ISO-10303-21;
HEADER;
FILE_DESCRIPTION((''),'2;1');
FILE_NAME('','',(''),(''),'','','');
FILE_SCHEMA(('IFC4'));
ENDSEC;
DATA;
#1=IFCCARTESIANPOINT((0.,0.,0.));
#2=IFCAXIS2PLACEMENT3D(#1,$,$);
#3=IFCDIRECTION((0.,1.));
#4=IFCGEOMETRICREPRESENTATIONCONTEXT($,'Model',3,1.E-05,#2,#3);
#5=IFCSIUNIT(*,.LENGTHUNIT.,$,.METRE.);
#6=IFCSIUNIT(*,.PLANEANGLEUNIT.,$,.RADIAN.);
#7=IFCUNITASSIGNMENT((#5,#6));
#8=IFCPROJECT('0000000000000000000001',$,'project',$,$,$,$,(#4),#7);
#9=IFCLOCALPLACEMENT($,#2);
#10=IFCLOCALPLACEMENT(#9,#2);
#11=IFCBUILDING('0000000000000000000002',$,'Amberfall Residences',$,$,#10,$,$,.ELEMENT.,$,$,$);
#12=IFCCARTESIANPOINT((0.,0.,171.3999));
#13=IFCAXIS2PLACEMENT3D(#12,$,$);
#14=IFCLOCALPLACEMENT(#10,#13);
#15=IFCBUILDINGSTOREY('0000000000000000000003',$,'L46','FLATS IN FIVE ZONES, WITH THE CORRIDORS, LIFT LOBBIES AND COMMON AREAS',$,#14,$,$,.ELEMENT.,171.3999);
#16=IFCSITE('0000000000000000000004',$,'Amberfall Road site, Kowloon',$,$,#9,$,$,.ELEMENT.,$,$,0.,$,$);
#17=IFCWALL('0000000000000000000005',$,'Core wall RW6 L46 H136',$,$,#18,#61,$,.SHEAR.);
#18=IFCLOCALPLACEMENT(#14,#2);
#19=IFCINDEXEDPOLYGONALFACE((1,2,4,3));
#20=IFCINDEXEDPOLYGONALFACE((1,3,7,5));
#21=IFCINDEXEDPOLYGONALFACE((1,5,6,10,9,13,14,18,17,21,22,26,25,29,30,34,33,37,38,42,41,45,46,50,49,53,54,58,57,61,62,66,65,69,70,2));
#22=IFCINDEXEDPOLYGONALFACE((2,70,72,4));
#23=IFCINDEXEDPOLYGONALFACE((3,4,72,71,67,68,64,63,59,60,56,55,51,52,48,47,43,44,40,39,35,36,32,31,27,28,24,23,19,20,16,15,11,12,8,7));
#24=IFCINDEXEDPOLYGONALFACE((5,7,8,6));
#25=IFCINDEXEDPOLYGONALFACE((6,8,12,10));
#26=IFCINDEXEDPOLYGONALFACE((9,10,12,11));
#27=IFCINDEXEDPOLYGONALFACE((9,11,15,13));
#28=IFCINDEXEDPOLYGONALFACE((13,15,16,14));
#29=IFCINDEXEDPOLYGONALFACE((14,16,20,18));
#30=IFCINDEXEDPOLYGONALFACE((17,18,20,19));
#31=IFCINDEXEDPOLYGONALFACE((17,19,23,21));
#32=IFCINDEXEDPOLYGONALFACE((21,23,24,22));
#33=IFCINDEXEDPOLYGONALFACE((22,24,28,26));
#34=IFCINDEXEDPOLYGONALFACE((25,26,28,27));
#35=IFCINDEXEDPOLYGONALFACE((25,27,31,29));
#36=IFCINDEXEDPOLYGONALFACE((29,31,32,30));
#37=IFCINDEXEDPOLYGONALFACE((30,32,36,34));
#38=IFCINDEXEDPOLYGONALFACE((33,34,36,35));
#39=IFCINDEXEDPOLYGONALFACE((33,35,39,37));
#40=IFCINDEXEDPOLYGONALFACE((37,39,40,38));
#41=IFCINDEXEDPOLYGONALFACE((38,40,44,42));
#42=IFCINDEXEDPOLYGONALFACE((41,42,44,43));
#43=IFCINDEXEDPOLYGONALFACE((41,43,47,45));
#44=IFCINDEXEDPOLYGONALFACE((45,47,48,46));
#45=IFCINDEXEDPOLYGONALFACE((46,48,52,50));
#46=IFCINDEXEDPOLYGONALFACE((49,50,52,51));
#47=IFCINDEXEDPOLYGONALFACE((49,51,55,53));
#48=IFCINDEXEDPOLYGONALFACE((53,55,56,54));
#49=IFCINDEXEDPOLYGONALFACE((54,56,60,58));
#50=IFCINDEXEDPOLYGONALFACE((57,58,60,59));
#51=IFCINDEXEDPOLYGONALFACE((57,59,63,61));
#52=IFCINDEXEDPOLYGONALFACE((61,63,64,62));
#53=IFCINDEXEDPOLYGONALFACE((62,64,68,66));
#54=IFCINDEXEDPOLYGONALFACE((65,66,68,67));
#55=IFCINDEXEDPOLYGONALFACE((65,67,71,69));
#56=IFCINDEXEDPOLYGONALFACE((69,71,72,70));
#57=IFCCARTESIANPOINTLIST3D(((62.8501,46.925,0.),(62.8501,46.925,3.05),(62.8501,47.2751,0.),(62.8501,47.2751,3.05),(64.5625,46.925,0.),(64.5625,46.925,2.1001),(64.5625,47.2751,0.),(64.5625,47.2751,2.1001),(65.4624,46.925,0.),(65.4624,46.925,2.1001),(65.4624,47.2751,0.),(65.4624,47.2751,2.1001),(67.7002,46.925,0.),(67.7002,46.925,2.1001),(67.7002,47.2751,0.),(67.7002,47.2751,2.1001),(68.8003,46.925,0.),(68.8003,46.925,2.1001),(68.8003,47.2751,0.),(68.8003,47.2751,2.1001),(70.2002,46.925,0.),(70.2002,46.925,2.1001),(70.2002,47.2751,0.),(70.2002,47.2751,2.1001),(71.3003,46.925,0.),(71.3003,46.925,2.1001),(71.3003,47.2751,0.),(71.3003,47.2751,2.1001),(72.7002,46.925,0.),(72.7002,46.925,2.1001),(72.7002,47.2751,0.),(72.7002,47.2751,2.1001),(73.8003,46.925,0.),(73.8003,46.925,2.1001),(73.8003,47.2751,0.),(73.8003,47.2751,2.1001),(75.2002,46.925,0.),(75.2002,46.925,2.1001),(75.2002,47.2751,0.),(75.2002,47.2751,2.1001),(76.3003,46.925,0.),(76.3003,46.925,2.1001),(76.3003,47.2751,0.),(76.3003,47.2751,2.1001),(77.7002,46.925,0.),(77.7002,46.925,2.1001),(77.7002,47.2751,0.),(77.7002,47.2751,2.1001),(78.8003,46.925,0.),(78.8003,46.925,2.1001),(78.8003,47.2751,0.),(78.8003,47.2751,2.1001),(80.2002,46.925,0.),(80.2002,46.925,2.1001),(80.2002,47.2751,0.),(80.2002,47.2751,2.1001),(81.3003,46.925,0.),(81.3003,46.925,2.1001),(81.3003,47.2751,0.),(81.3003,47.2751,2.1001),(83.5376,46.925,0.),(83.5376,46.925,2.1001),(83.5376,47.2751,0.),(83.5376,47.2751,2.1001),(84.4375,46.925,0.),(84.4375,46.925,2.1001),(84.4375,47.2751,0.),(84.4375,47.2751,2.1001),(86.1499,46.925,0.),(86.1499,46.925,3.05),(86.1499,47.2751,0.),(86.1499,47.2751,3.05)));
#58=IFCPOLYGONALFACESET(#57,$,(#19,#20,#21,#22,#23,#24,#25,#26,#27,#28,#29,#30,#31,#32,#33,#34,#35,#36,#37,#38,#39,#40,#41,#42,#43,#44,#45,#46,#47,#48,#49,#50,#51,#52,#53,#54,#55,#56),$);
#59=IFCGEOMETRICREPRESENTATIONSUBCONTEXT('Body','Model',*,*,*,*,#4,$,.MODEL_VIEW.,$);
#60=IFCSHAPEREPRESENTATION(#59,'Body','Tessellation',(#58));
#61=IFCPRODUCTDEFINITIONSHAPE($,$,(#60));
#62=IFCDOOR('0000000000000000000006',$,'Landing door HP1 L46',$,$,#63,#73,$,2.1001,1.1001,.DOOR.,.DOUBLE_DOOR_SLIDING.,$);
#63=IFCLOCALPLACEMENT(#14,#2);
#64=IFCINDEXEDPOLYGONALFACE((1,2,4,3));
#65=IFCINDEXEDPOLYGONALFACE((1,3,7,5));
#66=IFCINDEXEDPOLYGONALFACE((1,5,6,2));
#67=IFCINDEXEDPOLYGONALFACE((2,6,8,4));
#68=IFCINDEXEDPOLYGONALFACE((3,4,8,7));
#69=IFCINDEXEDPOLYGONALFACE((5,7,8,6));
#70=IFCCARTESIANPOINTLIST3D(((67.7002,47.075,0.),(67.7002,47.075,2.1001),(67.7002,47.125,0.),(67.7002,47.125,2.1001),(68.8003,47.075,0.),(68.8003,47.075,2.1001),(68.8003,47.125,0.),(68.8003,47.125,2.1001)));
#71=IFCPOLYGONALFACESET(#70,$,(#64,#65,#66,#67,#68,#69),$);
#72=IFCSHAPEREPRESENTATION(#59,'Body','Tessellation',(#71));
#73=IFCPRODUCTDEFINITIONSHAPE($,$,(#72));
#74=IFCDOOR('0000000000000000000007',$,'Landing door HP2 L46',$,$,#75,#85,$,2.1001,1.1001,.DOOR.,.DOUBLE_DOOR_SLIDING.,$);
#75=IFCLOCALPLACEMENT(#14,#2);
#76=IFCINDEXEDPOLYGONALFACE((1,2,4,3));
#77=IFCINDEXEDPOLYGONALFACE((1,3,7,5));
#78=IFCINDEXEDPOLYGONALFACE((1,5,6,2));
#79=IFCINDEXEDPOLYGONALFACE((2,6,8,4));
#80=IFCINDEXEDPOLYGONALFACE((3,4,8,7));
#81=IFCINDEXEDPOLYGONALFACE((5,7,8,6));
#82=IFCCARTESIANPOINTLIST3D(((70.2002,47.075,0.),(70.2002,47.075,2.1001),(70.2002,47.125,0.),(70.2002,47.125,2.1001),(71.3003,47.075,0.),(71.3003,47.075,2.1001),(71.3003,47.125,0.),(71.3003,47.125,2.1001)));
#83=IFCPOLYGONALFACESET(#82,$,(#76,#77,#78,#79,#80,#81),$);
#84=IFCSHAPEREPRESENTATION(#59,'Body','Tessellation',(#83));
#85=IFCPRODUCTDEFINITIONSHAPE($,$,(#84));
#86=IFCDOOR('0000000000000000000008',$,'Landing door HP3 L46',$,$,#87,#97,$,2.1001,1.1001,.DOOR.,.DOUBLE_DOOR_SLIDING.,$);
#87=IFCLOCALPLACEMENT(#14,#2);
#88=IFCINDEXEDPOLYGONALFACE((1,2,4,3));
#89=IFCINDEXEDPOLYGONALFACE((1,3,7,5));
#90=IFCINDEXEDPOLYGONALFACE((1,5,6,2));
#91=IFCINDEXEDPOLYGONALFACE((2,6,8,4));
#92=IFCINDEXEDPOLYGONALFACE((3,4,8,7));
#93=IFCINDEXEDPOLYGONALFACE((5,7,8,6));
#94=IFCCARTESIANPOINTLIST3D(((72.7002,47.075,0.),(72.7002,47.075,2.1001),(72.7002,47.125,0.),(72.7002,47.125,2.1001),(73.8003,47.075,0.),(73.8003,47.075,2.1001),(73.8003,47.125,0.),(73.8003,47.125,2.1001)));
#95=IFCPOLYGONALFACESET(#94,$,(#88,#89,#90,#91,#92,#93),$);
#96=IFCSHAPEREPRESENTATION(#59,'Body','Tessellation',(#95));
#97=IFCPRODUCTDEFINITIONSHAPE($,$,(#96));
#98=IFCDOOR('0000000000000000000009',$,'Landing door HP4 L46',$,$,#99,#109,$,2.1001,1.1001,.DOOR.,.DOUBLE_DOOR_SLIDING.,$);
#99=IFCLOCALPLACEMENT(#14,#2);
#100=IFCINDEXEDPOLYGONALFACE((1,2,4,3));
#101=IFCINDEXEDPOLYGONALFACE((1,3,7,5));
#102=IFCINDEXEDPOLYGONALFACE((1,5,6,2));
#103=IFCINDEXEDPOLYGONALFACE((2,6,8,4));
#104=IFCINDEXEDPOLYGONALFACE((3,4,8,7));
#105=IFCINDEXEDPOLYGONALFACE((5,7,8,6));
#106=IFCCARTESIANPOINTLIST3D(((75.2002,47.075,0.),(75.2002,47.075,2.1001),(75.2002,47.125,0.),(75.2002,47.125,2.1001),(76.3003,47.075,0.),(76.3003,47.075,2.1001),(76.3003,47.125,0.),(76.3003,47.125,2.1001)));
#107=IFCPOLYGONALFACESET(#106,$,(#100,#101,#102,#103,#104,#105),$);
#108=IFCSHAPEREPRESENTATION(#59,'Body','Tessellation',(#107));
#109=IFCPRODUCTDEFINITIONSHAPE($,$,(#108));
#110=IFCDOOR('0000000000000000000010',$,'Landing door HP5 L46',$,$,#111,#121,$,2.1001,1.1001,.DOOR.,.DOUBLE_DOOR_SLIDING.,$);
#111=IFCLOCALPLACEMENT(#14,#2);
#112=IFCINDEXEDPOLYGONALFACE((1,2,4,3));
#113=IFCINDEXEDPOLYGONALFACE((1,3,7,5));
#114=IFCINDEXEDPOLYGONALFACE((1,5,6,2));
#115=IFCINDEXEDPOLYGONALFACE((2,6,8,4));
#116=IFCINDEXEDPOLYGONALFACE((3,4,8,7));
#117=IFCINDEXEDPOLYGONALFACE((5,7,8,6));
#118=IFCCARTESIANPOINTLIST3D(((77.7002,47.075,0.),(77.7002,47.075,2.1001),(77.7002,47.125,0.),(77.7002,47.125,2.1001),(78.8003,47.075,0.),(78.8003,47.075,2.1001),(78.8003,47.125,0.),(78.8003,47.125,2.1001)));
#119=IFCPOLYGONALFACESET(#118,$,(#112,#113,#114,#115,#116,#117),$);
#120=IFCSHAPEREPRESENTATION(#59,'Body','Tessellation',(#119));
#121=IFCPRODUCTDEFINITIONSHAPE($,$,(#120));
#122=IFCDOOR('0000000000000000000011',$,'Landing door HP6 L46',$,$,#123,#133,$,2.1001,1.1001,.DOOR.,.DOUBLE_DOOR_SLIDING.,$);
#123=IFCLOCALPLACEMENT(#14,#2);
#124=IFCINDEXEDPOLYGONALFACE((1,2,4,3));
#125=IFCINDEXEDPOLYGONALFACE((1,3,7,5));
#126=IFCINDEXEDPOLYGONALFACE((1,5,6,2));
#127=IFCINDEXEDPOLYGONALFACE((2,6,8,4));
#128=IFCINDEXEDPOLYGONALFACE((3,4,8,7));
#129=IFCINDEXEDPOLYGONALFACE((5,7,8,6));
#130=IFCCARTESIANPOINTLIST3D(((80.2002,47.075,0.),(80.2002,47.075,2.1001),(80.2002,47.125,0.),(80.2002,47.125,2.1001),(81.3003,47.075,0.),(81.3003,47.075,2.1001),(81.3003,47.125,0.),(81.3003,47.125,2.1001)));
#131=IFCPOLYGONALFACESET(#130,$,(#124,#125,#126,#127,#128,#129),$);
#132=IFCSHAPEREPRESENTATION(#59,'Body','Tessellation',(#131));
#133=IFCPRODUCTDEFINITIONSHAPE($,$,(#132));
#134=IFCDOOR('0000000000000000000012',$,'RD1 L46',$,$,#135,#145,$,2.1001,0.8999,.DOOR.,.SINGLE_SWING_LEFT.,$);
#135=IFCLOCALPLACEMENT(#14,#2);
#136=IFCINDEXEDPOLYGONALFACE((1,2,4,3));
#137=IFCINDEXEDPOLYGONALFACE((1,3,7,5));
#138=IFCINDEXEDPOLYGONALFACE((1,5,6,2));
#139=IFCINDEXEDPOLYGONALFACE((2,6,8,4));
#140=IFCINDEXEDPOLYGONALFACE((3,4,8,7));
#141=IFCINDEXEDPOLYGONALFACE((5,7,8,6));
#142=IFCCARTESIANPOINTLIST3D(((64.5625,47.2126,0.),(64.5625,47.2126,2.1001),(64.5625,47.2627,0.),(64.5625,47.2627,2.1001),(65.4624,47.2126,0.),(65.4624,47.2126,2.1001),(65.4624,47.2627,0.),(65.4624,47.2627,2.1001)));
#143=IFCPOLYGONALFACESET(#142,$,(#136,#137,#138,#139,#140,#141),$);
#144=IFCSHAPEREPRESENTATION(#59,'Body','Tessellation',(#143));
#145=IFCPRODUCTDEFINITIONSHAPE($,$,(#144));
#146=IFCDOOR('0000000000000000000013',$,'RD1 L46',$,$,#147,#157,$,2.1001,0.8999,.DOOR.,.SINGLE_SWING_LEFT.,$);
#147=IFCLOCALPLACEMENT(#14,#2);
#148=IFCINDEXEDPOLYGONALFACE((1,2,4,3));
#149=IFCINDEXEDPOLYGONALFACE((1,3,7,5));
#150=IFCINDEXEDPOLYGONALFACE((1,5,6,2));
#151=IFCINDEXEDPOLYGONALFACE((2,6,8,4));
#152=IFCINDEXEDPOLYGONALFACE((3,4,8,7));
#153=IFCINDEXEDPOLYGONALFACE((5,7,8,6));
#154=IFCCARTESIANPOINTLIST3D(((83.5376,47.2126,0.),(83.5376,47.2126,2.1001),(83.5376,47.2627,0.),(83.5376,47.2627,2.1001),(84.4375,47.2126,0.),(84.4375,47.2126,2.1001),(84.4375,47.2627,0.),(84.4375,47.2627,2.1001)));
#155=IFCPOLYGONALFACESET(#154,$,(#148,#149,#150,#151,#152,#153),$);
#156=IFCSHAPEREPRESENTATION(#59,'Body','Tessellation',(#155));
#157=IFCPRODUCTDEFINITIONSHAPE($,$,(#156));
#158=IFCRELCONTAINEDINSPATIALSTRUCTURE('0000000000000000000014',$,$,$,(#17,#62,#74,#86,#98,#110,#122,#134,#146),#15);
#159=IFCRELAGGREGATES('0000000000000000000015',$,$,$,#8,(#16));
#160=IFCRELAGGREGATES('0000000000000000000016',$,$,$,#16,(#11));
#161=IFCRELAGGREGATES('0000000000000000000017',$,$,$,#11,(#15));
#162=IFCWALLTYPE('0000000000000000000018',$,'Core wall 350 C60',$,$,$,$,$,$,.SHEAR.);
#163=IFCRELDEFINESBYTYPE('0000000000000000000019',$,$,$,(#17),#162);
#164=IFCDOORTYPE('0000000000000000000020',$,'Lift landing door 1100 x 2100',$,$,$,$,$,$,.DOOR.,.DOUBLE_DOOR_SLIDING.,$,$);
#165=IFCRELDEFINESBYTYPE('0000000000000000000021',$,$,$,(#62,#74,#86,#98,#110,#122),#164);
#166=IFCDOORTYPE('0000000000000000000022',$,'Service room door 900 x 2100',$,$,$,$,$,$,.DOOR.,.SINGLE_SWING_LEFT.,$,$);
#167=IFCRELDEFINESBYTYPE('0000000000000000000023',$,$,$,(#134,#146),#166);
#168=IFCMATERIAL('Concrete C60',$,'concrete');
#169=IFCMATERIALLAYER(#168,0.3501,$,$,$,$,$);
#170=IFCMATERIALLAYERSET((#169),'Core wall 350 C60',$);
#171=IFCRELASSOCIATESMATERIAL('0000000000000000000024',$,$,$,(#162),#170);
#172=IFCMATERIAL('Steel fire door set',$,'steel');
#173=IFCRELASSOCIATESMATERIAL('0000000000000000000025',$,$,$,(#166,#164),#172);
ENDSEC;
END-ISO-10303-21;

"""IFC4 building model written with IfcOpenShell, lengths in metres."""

from ifc_helpers import new_model, si_unit, direction, frame, frame_2d, origin, place, context, subcontext, project, spatial, rectangle, extrude, material, layer, layer_set, type_object, element, fill, save


model = new_model("IFC4")

# Units and contexts
model_context = context("Model", 3, precision=1e-05, world=origin(), true_north=direction((0.0, 1.0)))
body_context = subcontext(model_context, "Body", "Model", "MODEL_VIEW")
ifc_project = project(units=[si_unit("LENGTHUNIT", "METRE"), si_unit("PLANEANGLEUNIT", "RADIAN")], contexts=[model_context])

# Site, building, storey
site_placement = place(None, origin())
site = spatial("IfcSite", under=ifc_project, at=site_placement, Name="Amberfall Road site, Kowloon", CompositionType="ELEMENT", RefElevation=0.0)
building_placement = place(site_placement, origin())
building = spatial("IfcBuilding", under=site, at=building_placement, Name="Amberfall Residences", CompositionType="ELEMENT")
storey_placement = place(building_placement, frame((0.0, 0.0, 171.3999)))
storey = spatial("IfcBuildingStorey", under=building, at=storey_placement, Name="L46", Description="FLATS IN FIVE ZONES, WITH THE CORRIDORS, LIFT LOBBIES AND COMMON AREAS", CompositionType="ELEMENT", Elevation=171.3999)

# Shared definitions
ifc_material_1 = material(Name="Concrete C60", Category="concrete")
ifc_layer_1 = layer(ifc_material_1, 0.3501)
ifc_layer_set_1 = layer_set([ifc_layer_1], Name="Core wall 350 C60")
wall_type_1 = type_object("IfcWallType", Name="Core wall 350 C60", PredefinedType="SHEAR", material=ifc_layer_set_1)

# Wall, openings, doors
ifc_material_2 = material(Name="Steel fire door set", Category="steel")
door_type_1 = type_object("IfcDoorType", Name="Service room door 900 x 2100", OperationType="SINGLE_SWING_LEFT", PredefinedType="DOOR", material=ifc_material_2)
wall_1_placement = place(storey_placement, frame((62.8501, 47.1001, 0.0), z_axis=(0.0, 0.0, 1.0), x_axis=(1.0, 0.0, 0.0)))
wall_1 = element("IfcWall", 1, at=wall_1_placement, inside=storey, type_object=wall_type_1, Name="Core wall RW6 L46 H136", PredefinedType="SHEAR", context=body_context, shape_type="SweptSolid", body=[
    extrude(rectangle(XDim=23.2998, YDim=0.3501, at=frame_2d((11.6499, 0.0))), origin(), (0.0, 0.0, 1.0), 3.05),
])
opening_1_placement = place(wall_1_placement, frame((1.7124, 0.0, 0.0)))
opening_1 = element("IfcOpeningElement", 2, at=opening_1_placement, cuts=wall_1, PredefinedType="OPENING", context=body_context, shape_type="SweptSolid", body=[
    extrude(rectangle(XDim=0.8999, YDim=2.1001, at=frame_2d((0.45, 1.05))), frame((0.0, 0.1851, 0.0), z_axis=(0.0, -1.0, 0.0), x_axis=(1.0, 0.0, 0.0)), (0.0, 0.0, 1.0), 0.3701),
])
opening_2_placement = place(wall_1_placement, frame((20.6875, 0.0, 0.0)))
opening_2 = element("IfcOpeningElement", 3, at=opening_2_placement, cuts=wall_1, PredefinedType="OPENING", context=body_context, shape_type="SweptSolid", body=[
    extrude(rectangle(XDim=0.8999, YDim=2.1001, at=frame_2d((0.45, 1.05))), frame((0.0, 0.1851, 0.0), z_axis=(0.0, -1.0, 0.0), x_axis=(1.0, 0.0, 0.0)), (0.0, 0.0, 1.0), 0.3701),
])
opening_3_placement = place(wall_1_placement, frame((4.8501, 0.0, 0.0)))
opening_3 = element("IfcOpeningElement", 4, at=opening_3_placement, cuts=wall_1, PredefinedType="OPENING", context=body_context, shape_type="SweptSolid", body=[
    extrude(rectangle(XDim=1.1001, YDim=2.1001, at=frame_2d((0.55, 1.05))), frame((0.0, 0.1851, 0.0), z_axis=(0.0, -1.0, 0.0), x_axis=(1.0, 0.0, 0.0)), (0.0, 0.0, 1.0), 0.3701),
])
opening_4_placement = place(wall_1_placement, frame((7.3501, 0.0, 0.0)))
opening_4 = element("IfcOpeningElement", 5, at=opening_4_placement, cuts=wall_1, PredefinedType="OPENING", context=body_context, shape_type="SweptSolid", body=[
    extrude(rectangle(XDim=1.1001, YDim=2.1001, at=frame_2d((0.55, 1.05))), frame((0.0, 0.1851, 0.0), z_axis=(0.0, -1.0, 0.0), x_axis=(1.0, 0.0, 0.0)), (0.0, 0.0, 1.0), 0.3701),
])
opening_5_placement = place(wall_1_placement, frame((9.8501, 0.0, 0.0)))
opening_5 = element("IfcOpeningElement", 6, at=opening_5_placement, cuts=wall_1, PredefinedType="OPENING", context=body_context, shape_type="SweptSolid", body=[
    extrude(rectangle(XDim=1.1001, YDim=2.1001, at=frame_2d((0.55, 1.05))), frame((0.0, 0.1851, 0.0), z_axis=(0.0, -1.0, 0.0), x_axis=(1.0, 0.0, 0.0)), (0.0, 0.0, 1.0), 0.3701),
])
opening_6_placement = place(wall_1_placement, frame((12.3501, 0.0, 0.0)))
opening_6 = element("IfcOpeningElement", 7, at=opening_6_placement, cuts=wall_1, PredefinedType="OPENING", context=body_context, shape_type="SweptSolid", body=[
    extrude(rectangle(XDim=1.1001, YDim=2.1001, at=frame_2d((0.55, 1.05))), frame((0.0, 0.1851, 0.0), z_axis=(0.0, -1.0, 0.0), x_axis=(1.0, 0.0, 0.0)), (0.0, 0.0, 1.0), 0.3701),
])
opening_7_placement = place(wall_1_placement, frame((14.8501, 0.0, 0.0)))
opening_7 = element("IfcOpeningElement", 8, at=opening_7_placement, cuts=wall_1, PredefinedType="OPENING", context=body_context, shape_type="SweptSolid", body=[
    extrude(rectangle(XDim=1.1001, YDim=2.1001, at=frame_2d((0.55, 1.05))), frame((0.0, 0.1851, 0.0), z_axis=(0.0, -1.0, 0.0), x_axis=(1.0, 0.0, 0.0)), (0.0, 0.0, 1.0), 0.3701),
])
opening_8_placement = place(wall_1_placement, frame((17.3501, 0.0, 0.0)))
opening_8 = element("IfcOpeningElement", 9, at=opening_8_placement, cuts=wall_1, PredefinedType="OPENING", context=body_context, shape_type="SweptSolid", body=[
    extrude(rectangle(XDim=1.1001, YDim=2.1001, at=frame_2d((0.55, 1.05))), frame((0.0, 0.1851, 0.0), z_axis=(0.0, -1.0, 0.0), x_axis=(1.0, 0.0, 0.0)), (0.0, 0.0, 1.0), 0.3701),
])
door_type_2 = type_object("IfcDoorType", Name="Lift landing door 1100 x 2100", OperationType="DOUBLE_DOOR_SLIDING", PredefinedType="DOOR", material=ifc_material_2)
door_1_placement = place(opening_3_placement, origin())
door_1 = element("IfcDoor", 10, at=door_1_placement, inside=storey, type_object=door_type_2, Name="Landing door HP1 L46", OperationType="DOUBLE_DOOR_SLIDING", OverallHeight=2.1001, OverallWidth=1.1001, PredefinedType="DOOR", context=body_context, shape_type="SweptSolid", body=[
    extrude(rectangle(XDim=1.1001, YDim=2.1001, at=frame_2d((0.55, 1.05))), frame((0.0, 0.0249, 0.0), z_axis=(0.0, -1.0, 0.0), x_axis=(1.0, 0.0, 0.0)), (0.0, 0.0, 1.0), 0.05),
])
fill(opening_3, door_1)
door_2_placement = place(opening_4_placement, origin())
door_2 = element("IfcDoor", 11, at=door_2_placement, inside=storey, type_object=door_type_2, Name="Landing door HP2 L46", OperationType="DOUBLE_DOOR_SLIDING", OverallHeight=2.1001, OverallWidth=1.1001, PredefinedType="DOOR", context=body_context, shape_type="SweptSolid", body=[
    extrude(rectangle(XDim=1.1001, YDim=2.1001, at=frame_2d((0.55, 1.05))), frame((0.0, 0.0249, 0.0), z_axis=(0.0, -1.0, 0.0), x_axis=(1.0, 0.0, 0.0)), (0.0, 0.0, 1.0), 0.05),
])
fill(opening_4, door_2)
door_3_placement = place(opening_5_placement, origin())
door_3 = element("IfcDoor", 12, at=door_3_placement, inside=storey, type_object=door_type_2, Name="Landing door HP3 L46", OperationType="DOUBLE_DOOR_SLIDING", OverallHeight=2.1001, OverallWidth=1.1001, PredefinedType="DOOR", context=body_context, shape_type="SweptSolid", body=[
    extrude(rectangle(XDim=1.1001, YDim=2.1001, at=frame_2d((0.55, 1.05))), frame((0.0, 0.0249, 0.0), z_axis=(0.0, -1.0, 0.0), x_axis=(1.0, 0.0, 0.0)), (0.0, 0.0, 1.0), 0.05),
])
fill(opening_5, door_3)
door_4_placement = place(opening_6_placement, origin())
door_4 = element("IfcDoor", 13, at=door_4_placement, inside=storey, type_object=door_type_2, Name="Landing door HP4 L46", OperationType="DOUBLE_DOOR_SLIDING", OverallHeight=2.1001, OverallWidth=1.1001, PredefinedType="DOOR", context=body_context, shape_type="SweptSolid", body=[
    extrude(rectangle(XDim=1.1001, YDim=2.1001, at=frame_2d((0.55, 1.05))), frame((0.0, 0.0249, 0.0), z_axis=(0.0, -1.0, 0.0), x_axis=(1.0, 0.0, 0.0)), (0.0, 0.0, 1.0), 0.05),
])
fill(opening_6, door_4)
door_5_placement = place(opening_7_placement, origin())
door_5 = element("IfcDoor", 14, at=door_5_placement, inside=storey, type_object=door_type_2, Name="Landing door HP5 L46", OperationType="DOUBLE_DOOR_SLIDING", OverallHeight=2.1001, OverallWidth=1.1001, PredefinedType="DOOR", context=body_context, shape_type="SweptSolid", body=[
    extrude(rectangle(XDim=1.1001, YDim=2.1001, at=frame_2d((0.55, 1.05))), frame((0.0, 0.0249, 0.0), z_axis=(0.0, -1.0, 0.0), x_axis=(1.0, 0.0, 0.0)), (0.0, 0.0, 1.0), 0.05),
])
fill(opening_7, door_5)
door_6_placement = place(opening_8_placement, origin())
door_6 = element("IfcDoor", 15, at=door_6_placement, inside=storey, type_object=door_type_2, Name="Landing door HP6 L46", OperationType="DOUBLE_DOOR_SLIDING", OverallHeight=2.1001, OverallWidth=1.1001, PredefinedType="DOOR", context=body_context, shape_type="SweptSolid", body=[
    extrude(rectangle(XDim=1.1001, YDim=2.1001, at=frame_2d((0.55, 1.05))), frame((0.0, 0.0249, 0.0), z_axis=(0.0, -1.0, 0.0), x_axis=(1.0, 0.0, 0.0)), (0.0, 0.0, 1.0), 0.05),
])
fill(opening_8, door_6)
door_7_placement = place(opening_1_placement, origin())
door_7 = element("IfcDoor", 16, at=door_7_placement, inside=storey, type_object=door_type_1, Name="RD1 L46", OperationType="SINGLE_SWING_LEFT", OverallHeight=2.1001, OverallWidth=0.8999, PredefinedType="DOOR", context=body_context, shape_type="SweptSolid", body=[
    extrude(rectangle(XDim=0.8999, YDim=2.1001, at=frame_2d((0.45, 1.05))), frame((0.0, 0.1626, 0.0), z_axis=(0.0, -1.0, 0.0), x_axis=(1.0, 0.0, 0.0)), (0.0, 0.0, 1.0), 0.05),
])
fill(opening_1, door_7)
door_8_placement = place(opening_2_placement, origin())
door_8 = element("IfcDoor", 17, at=door_8_placement, inside=storey, type_object=door_type_1, Name="RD1 L46", OperationType="SINGLE_SWING_LEFT", OverallHeight=2.1001, OverallWidth=0.8999, PredefinedType="DOOR", context=body_context, shape_type="SweptSolid", body=[
    extrude(rectangle(XDim=0.8999, YDim=2.1001, at=frame_2d((0.45, 1.05))), frame((0.0, 0.1626, 0.0), z_axis=(0.0, -1.0, 0.0), x_axis=(1.0, 0.0, 0.0)), (0.0, 0.0, 1.0), 0.05),
])
fill(opening_2, door_8)

save(model, "model.ifc")
